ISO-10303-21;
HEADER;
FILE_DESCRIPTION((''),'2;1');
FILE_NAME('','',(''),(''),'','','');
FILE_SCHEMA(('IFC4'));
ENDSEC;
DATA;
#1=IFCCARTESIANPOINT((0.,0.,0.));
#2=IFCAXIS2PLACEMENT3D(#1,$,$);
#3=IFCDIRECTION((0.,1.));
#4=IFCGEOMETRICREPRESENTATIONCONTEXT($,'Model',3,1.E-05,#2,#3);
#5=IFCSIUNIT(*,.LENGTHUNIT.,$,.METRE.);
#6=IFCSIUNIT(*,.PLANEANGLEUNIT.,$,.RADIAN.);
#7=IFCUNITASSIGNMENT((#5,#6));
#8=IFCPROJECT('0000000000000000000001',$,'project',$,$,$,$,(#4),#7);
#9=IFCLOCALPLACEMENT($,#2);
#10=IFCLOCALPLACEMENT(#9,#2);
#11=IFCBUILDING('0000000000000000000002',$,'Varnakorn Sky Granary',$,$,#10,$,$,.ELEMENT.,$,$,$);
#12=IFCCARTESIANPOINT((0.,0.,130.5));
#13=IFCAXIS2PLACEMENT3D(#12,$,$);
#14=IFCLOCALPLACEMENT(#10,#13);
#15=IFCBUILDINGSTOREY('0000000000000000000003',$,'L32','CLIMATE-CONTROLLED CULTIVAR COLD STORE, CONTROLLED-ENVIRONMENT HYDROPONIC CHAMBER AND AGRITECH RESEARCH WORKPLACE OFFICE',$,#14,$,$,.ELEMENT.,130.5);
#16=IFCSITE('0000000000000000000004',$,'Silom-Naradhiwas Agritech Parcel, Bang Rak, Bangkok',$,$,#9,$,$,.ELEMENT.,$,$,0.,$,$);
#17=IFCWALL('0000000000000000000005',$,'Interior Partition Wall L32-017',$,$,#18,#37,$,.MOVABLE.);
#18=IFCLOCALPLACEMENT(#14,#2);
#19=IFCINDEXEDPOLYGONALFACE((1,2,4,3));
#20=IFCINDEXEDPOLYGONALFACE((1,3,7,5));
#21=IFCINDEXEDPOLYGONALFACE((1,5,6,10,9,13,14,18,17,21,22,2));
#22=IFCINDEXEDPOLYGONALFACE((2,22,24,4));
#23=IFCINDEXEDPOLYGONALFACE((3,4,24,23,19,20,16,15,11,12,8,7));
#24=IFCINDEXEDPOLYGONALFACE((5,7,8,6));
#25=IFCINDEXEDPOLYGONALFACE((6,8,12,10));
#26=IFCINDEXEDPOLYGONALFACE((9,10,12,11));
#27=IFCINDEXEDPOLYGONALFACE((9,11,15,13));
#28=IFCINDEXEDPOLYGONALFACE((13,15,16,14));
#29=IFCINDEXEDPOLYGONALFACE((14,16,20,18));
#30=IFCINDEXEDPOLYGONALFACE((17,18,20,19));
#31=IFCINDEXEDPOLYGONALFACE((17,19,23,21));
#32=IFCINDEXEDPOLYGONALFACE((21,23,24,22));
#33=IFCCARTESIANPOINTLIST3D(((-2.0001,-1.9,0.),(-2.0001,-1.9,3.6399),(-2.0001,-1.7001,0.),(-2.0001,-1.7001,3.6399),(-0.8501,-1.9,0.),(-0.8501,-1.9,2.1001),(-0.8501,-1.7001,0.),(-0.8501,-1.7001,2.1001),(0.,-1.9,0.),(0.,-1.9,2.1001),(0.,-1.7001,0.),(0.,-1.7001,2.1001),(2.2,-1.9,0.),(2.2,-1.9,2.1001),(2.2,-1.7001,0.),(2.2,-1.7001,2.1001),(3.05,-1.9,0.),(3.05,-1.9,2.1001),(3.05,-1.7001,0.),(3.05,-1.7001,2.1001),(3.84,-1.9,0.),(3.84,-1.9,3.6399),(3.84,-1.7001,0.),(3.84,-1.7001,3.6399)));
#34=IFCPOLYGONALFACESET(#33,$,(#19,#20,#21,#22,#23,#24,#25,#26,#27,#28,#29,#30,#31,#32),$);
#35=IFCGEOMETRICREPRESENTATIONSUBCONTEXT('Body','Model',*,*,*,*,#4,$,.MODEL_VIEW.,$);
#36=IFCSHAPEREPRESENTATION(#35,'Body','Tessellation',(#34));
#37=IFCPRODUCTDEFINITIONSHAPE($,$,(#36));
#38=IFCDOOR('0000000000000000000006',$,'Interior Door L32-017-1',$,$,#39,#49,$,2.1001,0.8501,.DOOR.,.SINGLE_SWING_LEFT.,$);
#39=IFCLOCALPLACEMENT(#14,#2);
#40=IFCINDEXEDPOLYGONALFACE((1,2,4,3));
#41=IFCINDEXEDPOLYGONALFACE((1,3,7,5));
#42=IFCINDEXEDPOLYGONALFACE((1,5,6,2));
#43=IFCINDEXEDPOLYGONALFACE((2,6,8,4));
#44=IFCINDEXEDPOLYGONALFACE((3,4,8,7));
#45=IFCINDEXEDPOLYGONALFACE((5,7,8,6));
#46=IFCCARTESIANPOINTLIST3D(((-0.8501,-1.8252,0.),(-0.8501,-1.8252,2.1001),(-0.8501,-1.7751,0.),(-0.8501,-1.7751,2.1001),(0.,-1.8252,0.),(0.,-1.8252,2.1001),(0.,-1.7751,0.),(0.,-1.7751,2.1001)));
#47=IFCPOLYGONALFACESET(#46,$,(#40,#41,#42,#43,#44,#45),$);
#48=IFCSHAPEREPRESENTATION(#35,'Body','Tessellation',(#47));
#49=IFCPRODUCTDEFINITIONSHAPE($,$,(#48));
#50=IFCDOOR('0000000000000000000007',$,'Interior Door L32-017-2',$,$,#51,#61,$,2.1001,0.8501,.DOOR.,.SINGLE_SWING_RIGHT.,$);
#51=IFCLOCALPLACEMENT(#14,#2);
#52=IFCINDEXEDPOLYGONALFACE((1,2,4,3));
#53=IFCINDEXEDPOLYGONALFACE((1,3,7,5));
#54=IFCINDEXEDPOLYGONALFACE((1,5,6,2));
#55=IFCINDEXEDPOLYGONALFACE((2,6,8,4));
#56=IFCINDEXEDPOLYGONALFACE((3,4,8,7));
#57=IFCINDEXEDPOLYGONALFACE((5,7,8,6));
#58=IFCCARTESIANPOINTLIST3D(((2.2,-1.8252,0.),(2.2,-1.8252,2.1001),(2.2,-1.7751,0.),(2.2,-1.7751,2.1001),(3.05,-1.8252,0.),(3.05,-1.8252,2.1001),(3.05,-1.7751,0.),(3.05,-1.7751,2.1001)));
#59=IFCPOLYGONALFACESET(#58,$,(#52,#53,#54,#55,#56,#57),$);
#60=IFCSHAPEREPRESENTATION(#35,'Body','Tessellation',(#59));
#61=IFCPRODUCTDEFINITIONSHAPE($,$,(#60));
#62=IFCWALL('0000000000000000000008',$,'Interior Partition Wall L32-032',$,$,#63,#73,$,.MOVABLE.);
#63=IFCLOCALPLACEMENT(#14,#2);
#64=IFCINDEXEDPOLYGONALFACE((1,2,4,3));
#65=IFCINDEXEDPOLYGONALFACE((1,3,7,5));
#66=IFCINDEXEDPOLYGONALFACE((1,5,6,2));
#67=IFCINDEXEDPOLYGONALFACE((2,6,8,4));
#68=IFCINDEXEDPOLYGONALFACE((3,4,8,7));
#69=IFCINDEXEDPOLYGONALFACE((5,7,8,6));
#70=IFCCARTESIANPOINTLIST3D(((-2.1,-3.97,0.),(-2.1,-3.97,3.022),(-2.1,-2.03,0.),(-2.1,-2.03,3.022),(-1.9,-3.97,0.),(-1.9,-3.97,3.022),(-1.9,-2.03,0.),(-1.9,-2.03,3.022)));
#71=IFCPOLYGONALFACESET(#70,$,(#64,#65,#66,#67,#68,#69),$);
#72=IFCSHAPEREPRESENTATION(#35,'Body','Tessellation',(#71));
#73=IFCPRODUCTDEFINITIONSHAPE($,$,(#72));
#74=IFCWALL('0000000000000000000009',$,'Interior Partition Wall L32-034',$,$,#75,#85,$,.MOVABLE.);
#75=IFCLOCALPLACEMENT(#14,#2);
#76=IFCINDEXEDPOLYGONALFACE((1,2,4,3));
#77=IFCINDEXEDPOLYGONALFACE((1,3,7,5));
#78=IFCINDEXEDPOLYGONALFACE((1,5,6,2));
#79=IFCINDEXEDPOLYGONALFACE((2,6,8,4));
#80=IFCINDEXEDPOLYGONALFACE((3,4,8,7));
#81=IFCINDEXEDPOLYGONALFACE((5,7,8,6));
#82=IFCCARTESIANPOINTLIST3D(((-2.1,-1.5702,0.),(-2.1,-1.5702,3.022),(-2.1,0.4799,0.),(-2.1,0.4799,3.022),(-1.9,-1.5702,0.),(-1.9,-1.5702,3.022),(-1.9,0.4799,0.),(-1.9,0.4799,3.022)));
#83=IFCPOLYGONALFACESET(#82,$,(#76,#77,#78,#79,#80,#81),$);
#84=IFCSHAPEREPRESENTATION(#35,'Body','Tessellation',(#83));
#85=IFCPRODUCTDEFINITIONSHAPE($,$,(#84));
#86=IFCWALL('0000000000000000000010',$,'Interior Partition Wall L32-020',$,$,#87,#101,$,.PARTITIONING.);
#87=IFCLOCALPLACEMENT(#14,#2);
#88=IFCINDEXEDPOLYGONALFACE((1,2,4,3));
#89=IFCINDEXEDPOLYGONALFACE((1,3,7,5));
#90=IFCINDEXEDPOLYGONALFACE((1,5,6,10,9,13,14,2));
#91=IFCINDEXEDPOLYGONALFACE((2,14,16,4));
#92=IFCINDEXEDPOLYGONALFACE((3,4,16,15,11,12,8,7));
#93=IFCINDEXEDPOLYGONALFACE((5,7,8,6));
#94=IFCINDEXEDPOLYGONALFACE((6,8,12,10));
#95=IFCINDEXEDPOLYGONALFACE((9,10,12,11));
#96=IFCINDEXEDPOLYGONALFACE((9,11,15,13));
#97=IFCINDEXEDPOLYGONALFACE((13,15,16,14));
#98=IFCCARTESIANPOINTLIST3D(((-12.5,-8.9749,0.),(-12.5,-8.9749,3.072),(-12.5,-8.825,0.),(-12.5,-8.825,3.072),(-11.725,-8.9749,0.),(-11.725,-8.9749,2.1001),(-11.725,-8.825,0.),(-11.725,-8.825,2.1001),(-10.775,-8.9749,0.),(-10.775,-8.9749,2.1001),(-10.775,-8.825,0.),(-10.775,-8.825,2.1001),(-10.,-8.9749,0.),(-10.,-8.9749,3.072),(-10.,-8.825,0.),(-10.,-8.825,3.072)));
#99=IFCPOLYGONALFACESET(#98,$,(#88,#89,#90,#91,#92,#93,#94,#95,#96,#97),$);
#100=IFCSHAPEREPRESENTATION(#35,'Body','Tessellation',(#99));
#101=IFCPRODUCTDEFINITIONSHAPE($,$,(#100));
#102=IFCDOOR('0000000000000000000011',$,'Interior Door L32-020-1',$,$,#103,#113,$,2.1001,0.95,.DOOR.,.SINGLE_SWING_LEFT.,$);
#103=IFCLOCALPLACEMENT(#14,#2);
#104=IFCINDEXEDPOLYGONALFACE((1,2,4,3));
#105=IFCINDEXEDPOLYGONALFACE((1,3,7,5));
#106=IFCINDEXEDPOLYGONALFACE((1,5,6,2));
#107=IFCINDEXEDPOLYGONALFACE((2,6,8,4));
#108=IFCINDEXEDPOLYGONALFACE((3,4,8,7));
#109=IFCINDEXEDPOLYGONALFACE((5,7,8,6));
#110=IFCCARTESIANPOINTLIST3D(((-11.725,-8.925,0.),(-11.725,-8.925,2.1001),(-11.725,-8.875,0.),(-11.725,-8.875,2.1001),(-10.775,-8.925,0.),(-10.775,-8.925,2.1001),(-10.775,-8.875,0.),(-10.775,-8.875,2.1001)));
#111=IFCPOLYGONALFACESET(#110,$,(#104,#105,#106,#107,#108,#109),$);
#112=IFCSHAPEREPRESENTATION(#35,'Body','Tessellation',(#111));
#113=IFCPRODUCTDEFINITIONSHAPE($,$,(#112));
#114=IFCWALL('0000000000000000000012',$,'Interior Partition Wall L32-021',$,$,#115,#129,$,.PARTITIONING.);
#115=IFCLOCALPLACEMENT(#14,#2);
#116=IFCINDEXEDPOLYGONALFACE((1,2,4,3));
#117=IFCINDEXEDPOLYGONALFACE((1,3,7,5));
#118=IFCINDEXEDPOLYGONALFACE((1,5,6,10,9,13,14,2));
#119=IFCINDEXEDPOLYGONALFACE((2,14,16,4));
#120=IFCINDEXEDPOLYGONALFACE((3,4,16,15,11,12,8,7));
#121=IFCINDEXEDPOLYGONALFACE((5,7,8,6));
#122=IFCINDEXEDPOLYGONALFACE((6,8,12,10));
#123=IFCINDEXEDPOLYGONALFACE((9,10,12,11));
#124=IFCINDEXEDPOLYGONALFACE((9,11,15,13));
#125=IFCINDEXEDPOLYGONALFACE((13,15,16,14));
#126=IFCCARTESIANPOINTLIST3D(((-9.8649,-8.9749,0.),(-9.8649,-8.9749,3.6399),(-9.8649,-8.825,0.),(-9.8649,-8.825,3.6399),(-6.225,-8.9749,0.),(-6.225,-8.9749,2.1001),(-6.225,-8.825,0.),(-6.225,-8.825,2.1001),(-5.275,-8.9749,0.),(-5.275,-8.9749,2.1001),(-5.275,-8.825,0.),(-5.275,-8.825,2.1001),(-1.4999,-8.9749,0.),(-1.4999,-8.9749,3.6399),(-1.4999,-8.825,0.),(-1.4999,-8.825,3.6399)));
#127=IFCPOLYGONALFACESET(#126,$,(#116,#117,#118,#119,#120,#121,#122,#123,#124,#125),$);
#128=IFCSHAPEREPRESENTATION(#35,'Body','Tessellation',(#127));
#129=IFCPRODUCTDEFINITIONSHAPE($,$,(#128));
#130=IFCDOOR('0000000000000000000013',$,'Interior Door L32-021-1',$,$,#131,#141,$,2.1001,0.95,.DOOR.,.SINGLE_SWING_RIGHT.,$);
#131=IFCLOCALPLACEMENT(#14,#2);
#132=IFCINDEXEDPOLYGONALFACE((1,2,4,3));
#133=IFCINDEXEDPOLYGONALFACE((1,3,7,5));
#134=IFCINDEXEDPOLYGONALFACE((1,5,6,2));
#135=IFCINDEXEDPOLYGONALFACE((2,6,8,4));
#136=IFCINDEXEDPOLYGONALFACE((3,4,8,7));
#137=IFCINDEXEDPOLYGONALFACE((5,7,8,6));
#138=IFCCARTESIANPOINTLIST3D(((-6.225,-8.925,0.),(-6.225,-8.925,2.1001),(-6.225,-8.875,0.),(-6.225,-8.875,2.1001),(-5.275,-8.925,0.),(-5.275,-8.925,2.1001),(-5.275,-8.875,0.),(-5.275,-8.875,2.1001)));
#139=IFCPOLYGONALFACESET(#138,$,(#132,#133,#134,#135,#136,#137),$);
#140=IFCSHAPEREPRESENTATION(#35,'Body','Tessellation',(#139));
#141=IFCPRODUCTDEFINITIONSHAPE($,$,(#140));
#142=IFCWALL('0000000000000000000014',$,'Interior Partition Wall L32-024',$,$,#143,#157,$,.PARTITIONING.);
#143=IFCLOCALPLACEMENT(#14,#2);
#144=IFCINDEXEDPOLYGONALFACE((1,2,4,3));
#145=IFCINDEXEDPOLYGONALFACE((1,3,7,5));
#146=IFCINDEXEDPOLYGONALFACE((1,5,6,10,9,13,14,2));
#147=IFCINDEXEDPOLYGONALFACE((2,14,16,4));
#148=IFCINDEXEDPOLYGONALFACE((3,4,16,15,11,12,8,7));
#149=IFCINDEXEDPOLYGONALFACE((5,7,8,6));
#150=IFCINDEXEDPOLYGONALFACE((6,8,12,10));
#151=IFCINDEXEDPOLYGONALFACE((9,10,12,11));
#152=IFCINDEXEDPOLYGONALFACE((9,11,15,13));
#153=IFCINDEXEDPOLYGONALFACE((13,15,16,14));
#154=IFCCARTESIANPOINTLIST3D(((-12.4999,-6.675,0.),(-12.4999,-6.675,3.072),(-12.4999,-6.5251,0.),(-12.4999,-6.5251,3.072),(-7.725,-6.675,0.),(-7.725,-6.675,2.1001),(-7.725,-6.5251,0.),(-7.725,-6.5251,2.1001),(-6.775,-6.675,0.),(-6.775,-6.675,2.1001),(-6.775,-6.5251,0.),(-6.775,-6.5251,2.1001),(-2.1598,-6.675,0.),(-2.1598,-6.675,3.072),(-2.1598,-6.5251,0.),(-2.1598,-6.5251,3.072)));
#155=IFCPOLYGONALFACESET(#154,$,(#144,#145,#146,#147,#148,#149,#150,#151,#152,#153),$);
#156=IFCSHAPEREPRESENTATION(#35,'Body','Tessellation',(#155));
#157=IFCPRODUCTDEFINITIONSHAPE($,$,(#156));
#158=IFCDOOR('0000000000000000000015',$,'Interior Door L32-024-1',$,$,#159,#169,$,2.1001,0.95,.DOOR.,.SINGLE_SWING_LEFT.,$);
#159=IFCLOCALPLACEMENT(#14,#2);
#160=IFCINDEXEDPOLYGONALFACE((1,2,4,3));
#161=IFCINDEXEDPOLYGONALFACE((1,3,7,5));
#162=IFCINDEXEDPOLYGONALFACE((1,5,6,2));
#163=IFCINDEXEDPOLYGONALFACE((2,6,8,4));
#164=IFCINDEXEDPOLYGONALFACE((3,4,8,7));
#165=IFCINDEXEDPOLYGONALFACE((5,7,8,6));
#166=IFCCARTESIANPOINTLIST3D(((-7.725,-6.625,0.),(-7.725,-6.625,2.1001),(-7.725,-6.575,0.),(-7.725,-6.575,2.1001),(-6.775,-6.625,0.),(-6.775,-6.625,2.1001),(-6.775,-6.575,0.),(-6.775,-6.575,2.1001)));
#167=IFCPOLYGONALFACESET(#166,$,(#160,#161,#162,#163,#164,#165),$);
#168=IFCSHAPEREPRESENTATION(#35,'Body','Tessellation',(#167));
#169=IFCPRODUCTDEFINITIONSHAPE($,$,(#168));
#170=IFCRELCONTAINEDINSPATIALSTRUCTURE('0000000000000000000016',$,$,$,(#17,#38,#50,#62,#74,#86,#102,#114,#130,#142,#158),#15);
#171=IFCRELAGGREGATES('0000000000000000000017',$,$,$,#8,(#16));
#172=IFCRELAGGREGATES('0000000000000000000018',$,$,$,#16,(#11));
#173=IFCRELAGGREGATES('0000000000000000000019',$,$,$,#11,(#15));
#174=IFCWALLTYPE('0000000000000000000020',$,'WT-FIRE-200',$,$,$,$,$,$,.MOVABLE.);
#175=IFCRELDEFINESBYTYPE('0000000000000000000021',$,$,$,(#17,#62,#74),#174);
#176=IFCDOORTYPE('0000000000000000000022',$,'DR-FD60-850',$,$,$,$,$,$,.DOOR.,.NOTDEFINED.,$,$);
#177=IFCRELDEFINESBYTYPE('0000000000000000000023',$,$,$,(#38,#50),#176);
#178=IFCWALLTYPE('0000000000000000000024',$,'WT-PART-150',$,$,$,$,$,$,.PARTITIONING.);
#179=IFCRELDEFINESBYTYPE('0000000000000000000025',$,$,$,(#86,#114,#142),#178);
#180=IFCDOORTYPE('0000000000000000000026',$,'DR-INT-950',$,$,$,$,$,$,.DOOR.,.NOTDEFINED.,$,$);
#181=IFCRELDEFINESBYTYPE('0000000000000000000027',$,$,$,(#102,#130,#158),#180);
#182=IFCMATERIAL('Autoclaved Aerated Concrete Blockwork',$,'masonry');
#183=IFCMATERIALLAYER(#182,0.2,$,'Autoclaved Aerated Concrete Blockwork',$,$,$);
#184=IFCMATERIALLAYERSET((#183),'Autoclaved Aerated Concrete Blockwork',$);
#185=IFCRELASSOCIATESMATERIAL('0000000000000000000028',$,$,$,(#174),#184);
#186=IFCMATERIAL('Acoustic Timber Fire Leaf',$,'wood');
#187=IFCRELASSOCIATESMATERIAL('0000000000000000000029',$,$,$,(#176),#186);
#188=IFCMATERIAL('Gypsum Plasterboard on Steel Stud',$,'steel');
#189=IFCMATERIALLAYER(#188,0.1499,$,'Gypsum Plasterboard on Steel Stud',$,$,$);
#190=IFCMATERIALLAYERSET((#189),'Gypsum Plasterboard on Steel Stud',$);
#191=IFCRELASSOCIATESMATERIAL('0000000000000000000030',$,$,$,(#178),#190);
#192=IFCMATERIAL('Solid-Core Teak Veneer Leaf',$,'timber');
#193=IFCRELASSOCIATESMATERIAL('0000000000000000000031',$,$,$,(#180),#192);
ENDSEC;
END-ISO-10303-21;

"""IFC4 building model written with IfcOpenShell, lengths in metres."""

from ifc_helpers import new_model, si_unit, direction, frame, frame_2d, origin, place, context, subcontext, project, spatial, rectangle, extrude, material, layer, layer_set, type_object, element, fill, save


model = new_model("IFC4")

# Units and contexts
model_context = context("Model", 3, precision=1e-05, world=origin(), true_north=direction((0.0, 1.0)))
body_context = subcontext(model_context, "Body", "Model", "MODEL_VIEW")
ifc_project = project(units=[si_unit("LENGTHUNIT", "METRE"), si_unit("PLANEANGLEUNIT", "RADIAN")], contexts=[model_context])

# Site, building, storey
site_placement = place(None, origin())
site = spatial("IfcSite", under=ifc_project, at=site_placement, Name="Silom-Naradhiwas Agritech Parcel, Bang Rak, Bangkok", CompositionType="ELEMENT", RefElevation=0.0)
building_placement = place(site_placement, origin())
building = spatial("IfcBuilding", under=site, at=building_placement, Name="Varnakorn Sky Granary", CompositionType="ELEMENT")
storey_placement = place(building_placement, frame((0.0, 0.0, 130.5)))
storey = spatial("IfcBuildingStorey", under=building, at=storey_placement, Name="L32", Description="CLIMATE-CONTROLLED CULTIVAR COLD STORE, CONTROLLED-ENVIRONMENT HYDROPONIC CHAMBER AND AGRITECH RESEARCH WORKPLACE OFFICE", CompositionType="ELEMENT", Elevation=130.5)

# Wall, openings, doors
ifc_material_1 = material(Name="Autoclaved Aerated Concrete Blockwork", Category="masonry")
ifc_layer_1 = layer(ifc_material_1, 0.2, Name="Autoclaved Aerated Concrete Blockwork")
ifc_layer_set_1 = layer_set([ifc_layer_1], Name="Autoclaved Aerated Concrete Blockwork")
wall_type_1 = type_object("IfcWallType", Name="WT-FIRE-200", PredefinedType="MOVABLE", material=ifc_layer_set_1)
wall_1_placement = place(storey_placement, frame((-2.0, -1.8, 0.0), z_axis=(0.0, 0.0, 1.0), x_axis=(1.0, 0.0, 0.0)))
wall_1 = element("IfcWall", 1, at=wall_1_placement, inside=storey, type_object=wall_type_1, Name="Interior Partition Wall L32-017", PredefinedType="MOVABLE", context=body_context, shape_type="SweptSolid", body=[
    extrude(rectangle(XDim=5.8401, YDim=0.2, at=frame_2d((2.9199, 0.0))), origin(), (0.0, 0.0, 1.0), 3.6399),
])
opening_1_placement = place(wall_1_placement, frame((1.1499, 0.0, 0.0)))
opening_1 = element("IfcOpeningElement", 2, at=opening_1_placement, cuts=wall_1, PredefinedType="OPENING", context=body_context, shape_type="SweptSolid", body=[
    extrude(rectangle(XDim=0.8501, YDim=2.1001, at=frame_2d((0.425, 1.05))), frame((0.0, 0.1099, 0.0), z_axis=(0.0, -1.0, 0.0), x_axis=(1.0, 0.0, 0.0)), (0.0, 0.0, 1.0), 0.22),
])
opening_2_placement = place(wall_1_placement, frame((4.2, 0.0, 0.0)))
opening_2 = element("IfcOpeningElement", 3, at=opening_2_placement, cuts=wall_1, PredefinedType="OPENING", context=body_context, shape_type="SweptSolid", body=[
    extrude(rectangle(XDim=0.8501, YDim=2.1001, at=frame_2d((0.425, 1.05))), frame((0.0, 0.1099, 0.0), z_axis=(0.0, -1.0, 0.0), x_axis=(1.0, 0.0, 0.0)), (0.0, 0.0, 1.0), 0.22),
])
ifc_material_2 = material(Name="Acoustic Timber Fire Leaf", Category="wood")
door_type_1 = type_object("IfcDoorType", Name="DR-FD60-850", OperationType="NOTDEFINED", PredefinedType="DOOR", material=ifc_material_2)
door_1_placement = place(opening_1_placement, origin())
door_1 = element("IfcDoor", 4, at=door_1_placement, inside=storey, type_object=door_type_1, Name="Interior Door L32-017-1", OperationType="SINGLE_SWING_LEFT", OverallHeight=2.1001, OverallWidth=0.8501, PredefinedType="DOOR", context=body_context, shape_type="SweptSolid", body=[
    extrude(rectangle(XDim=0.8501, YDim=2.1001, at=frame_2d((0.425, 1.05))), frame((0.0, 0.0249, 0.0), z_axis=(0.0, -1.0, 0.0), x_axis=(1.0, 0.0, 0.0)), (0.0, 0.0, 1.0), 0.05),
])
fill(opening_1, door_1)
door_2_placement = place(opening_2_placement, origin())
door_2 = element("IfcDoor", 5, at=door_2_placement, inside=storey, type_object=door_type_1, Name="Interior Door L32-017-2", OperationType="SINGLE_SWING_RIGHT", OverallHeight=2.1001, OverallWidth=0.8501, PredefinedType="DOOR", context=body_context, shape_type="SweptSolid", body=[
    extrude(rectangle(XDim=0.8501, YDim=2.1001, at=frame_2d((0.425, 1.05))), frame((0.0, 0.0249, 0.0), z_axis=(0.0, -1.0, 0.0), x_axis=(1.0, 0.0, 0.0)), (0.0, 0.0, 1.0), 0.05),
])
fill(opening_2, door_2)

# Walls
wall_2_placement = place(storey_placement, frame((-2.0, -3.97, 0.0), z_axis=(0.0, 0.0, 1.0), x_axis=(0.0, 1.0, 0.0)))
element("IfcWall", 6, at=wall_2_placement, inside=storey, type_object=wall_type_1, Name="Interior Partition Wall L32-032", PredefinedType="MOVABLE", context=body_context, shape_type="SweptSolid", body=[
    extrude(rectangle(XDim=1.9399, YDim=0.2, at=frame_2d((0.97, 0.0))), origin(), (0.0, 0.0, 1.0), 3.022),
])
wall_3_placement = place(storey_placement, frame((-2.0, -1.5701, 0.0), z_axis=(0.0, 0.0, 1.0), x_axis=(0.0, 1.0, 0.0)))
element("IfcWall", 7, at=wall_3_placement, inside=storey, type_object=wall_type_1, Name="Interior Partition Wall L32-034", PredefinedType="MOVABLE", context=body_context, shape_type="SweptSolid", body=[
    extrude(rectangle(XDim=2.05, YDim=0.2, at=frame_2d((1.0249, 0.0))), origin(), (0.0, 0.0, 1.0), 3.022),
])

# Walls, openings, doors
ifc_material_3 = material(Name="Gypsum Plasterboard on Steel Stud", Category="steel")
ifc_layer_2 = layer(ifc_material_3, 0.1499, Name="Gypsum Plasterboard on Steel Stud")
ifc_layer_set_2 = layer_set([ifc_layer_2], Name="Gypsum Plasterboard on Steel Stud")
wall_type_2 = type_object("IfcWallType", Name="WT-PART-150", PredefinedType="PARTITIONING", material=ifc_layer_set_2)
wall_4_placement = place(storey_placement, frame((-12.5, -8.8999, 0.0), z_axis=(0.0, 0.0, 1.0), x_axis=(1.0, 0.0, 0.0)))
wall_4 = element("IfcWall", 8, at=wall_4_placement, inside=storey, type_object=wall_type_2, Name="Interior Partition Wall L32-020", PredefinedType="PARTITIONING", context=body_context, shape_type="SweptSolid", body=[
    extrude(rectangle(XDim=2.5, YDim=0.1499, at=frame_2d((1.25, 0.0))), origin(), (0.0, 0.0, 1.0), 3.072),
])
opening_3_placement = place(wall_4_placement, frame((0.7749, 0.0, 0.0)))
opening_3 = element("IfcOpeningElement", 9, at=opening_3_placement, cuts=wall_4, PredefinedType="OPENING", context=body_context, shape_type="SweptSolid", body=[
    extrude(rectangle(XDim=0.95, YDim=2.1001, at=frame_2d((0.4751, 1.05))), frame((0.0, 0.085, 0.0), z_axis=(0.0, -1.0, 0.0), x_axis=(1.0, 0.0, 0.0)), (0.0, 0.0, 1.0), 0.1699),
])
ifc_material_4 = material(Name="Solid-Core Teak Veneer Leaf", Category="timber")
door_type_2 = type_object("IfcDoorType", Name="DR-INT-950", OperationType="NOTDEFINED", PredefinedType="DOOR", material=ifc_material_4)
door_3_placement = place(opening_3_placement, origin())
door_3 = element("IfcDoor", 10, at=door_3_placement, inside=storey, type_object=door_type_2, Name="Interior Door L32-020-1", OperationType="SINGLE_SWING_LEFT", OverallHeight=2.1001, OverallWidth=0.95, PredefinedType="DOOR", context=body_context, shape_type="SweptSolid", body=[
    extrude(rectangle(XDim=0.95, YDim=2.1001, at=frame_2d((0.4751, 1.05))), frame((0.0, 0.0249, 0.0), z_axis=(0.0, -1.0, 0.0), x_axis=(1.0, 0.0, 0.0)), (0.0, 0.0, 1.0), 0.05),
])
fill(opening_3, door_3)
wall_5_placement = place(storey_placement, frame((-9.865, -8.8999, 0.0), z_axis=(0.0, 0.0, 1.0), x_axis=(1.0, 0.0, 0.0)))
wall_5 = element("IfcWall", 11, at=wall_5_placement, inside=storey, type_object=wall_type_2, Name="Interior Partition Wall L32-021", PredefinedType="PARTITIONING", context=body_context, shape_type="SweptSolid", body=[
    extrude(rectangle(XDim=8.365, YDim=0.1499, at=frame_2d((4.1826, 0.0))), origin(), (0.0, 0.0, 1.0), 3.6399),
])
opening_4_placement = place(wall_5_placement, frame((3.6399, 0.0, 0.0)))
opening_4 = element("IfcOpeningElement", 12, at=opening_4_placement, cuts=wall_5, PredefinedType="OPENING", context=body_context, shape_type="SweptSolid", body=[
    extrude(rectangle(XDim=0.95, YDim=2.1001, at=frame_2d((0.4751, 1.05))), frame((0.0, 0.085, 0.0), z_axis=(0.0, -1.0, 0.0), x_axis=(1.0, 0.0, 0.0)), (0.0, 0.0, 1.0), 0.1699),
])
door_4_placement = place(opening_4_placement, origin())
door_4 = element("IfcDoor", 13, at=door_4_placement, inside=storey, type_object=door_type_2, Name="Interior Door L32-021-1", OperationType="SINGLE_SWING_RIGHT", OverallHeight=2.1001, OverallWidth=0.95, PredefinedType="DOOR", context=body_context, shape_type="SweptSolid", body=[
    extrude(rectangle(XDim=0.95, YDim=2.1001, at=frame_2d((0.4751, 1.05))), frame((0.0, 0.0249, 0.0), z_axis=(0.0, -1.0, 0.0), x_axis=(1.0, 0.0, 0.0)), (0.0, 0.0, 1.0), 0.05),
])
fill(opening_4, door_4)
wall_6_placement = place(storey_placement, frame((-2.1599, -6.6001, 0.0), z_axis=(0.0, 0.0, 1.0), x_axis=(-1.0, 0.0, 0.0)))
wall_6 = element("IfcWall", 14, at=wall_6_placement, inside=storey, type_object=wall_type_2, Name="Interior Partition Wall L32-024", PredefinedType="PARTITIONING", context=body_context, shape_type="SweptSolid", body=[
    extrude(rectangle(XDim=10.3401, YDim=0.1499, at=frame_2d((5.1699, 0.0))), origin(), (0.0, 0.0, 1.0), 3.072),
])
opening_5_placement = place(wall_6_placement, frame((4.615, 0.0, 0.0)))
opening_5 = element("IfcOpeningElement", 15, at=opening_5_placement, cuts=wall_6, PredefinedType="OPENING", context=body_context, shape_type="SweptSolid", body=[
    extrude(rectangle(XDim=0.95, YDim=2.1001, at=frame_2d((0.4751, 1.05))), frame((0.0, 0.085, 0.0), z_axis=(0.0, -1.0, 0.0), x_axis=(1.0, 0.0, 0.0)), (0.0, 0.0, 1.0), 0.1699),
])
door_5_placement = place(opening_5_placement, origin())
door_5 = element("IfcDoor", 16, at=door_5_placement, inside=storey, type_object=door_type_2, Name="Interior Door L32-024-1", OperationType="SINGLE_SWING_LEFT", OverallHeight=2.1001, OverallWidth=0.95, PredefinedType="DOOR", context=body_context, shape_type="SweptSolid", body=[
    extrude(rectangle(XDim=0.95, YDim=2.1001, at=frame_2d((0.4751, 1.05))), frame((0.0, 0.0249, 0.0), z_axis=(0.0, -1.0, 0.0), x_axis=(1.0, 0.0, 0.0)), (0.0, 0.0, 1.0), 0.05),
])
fill(opening_5, door_5)

save(model, "model.ifc")
